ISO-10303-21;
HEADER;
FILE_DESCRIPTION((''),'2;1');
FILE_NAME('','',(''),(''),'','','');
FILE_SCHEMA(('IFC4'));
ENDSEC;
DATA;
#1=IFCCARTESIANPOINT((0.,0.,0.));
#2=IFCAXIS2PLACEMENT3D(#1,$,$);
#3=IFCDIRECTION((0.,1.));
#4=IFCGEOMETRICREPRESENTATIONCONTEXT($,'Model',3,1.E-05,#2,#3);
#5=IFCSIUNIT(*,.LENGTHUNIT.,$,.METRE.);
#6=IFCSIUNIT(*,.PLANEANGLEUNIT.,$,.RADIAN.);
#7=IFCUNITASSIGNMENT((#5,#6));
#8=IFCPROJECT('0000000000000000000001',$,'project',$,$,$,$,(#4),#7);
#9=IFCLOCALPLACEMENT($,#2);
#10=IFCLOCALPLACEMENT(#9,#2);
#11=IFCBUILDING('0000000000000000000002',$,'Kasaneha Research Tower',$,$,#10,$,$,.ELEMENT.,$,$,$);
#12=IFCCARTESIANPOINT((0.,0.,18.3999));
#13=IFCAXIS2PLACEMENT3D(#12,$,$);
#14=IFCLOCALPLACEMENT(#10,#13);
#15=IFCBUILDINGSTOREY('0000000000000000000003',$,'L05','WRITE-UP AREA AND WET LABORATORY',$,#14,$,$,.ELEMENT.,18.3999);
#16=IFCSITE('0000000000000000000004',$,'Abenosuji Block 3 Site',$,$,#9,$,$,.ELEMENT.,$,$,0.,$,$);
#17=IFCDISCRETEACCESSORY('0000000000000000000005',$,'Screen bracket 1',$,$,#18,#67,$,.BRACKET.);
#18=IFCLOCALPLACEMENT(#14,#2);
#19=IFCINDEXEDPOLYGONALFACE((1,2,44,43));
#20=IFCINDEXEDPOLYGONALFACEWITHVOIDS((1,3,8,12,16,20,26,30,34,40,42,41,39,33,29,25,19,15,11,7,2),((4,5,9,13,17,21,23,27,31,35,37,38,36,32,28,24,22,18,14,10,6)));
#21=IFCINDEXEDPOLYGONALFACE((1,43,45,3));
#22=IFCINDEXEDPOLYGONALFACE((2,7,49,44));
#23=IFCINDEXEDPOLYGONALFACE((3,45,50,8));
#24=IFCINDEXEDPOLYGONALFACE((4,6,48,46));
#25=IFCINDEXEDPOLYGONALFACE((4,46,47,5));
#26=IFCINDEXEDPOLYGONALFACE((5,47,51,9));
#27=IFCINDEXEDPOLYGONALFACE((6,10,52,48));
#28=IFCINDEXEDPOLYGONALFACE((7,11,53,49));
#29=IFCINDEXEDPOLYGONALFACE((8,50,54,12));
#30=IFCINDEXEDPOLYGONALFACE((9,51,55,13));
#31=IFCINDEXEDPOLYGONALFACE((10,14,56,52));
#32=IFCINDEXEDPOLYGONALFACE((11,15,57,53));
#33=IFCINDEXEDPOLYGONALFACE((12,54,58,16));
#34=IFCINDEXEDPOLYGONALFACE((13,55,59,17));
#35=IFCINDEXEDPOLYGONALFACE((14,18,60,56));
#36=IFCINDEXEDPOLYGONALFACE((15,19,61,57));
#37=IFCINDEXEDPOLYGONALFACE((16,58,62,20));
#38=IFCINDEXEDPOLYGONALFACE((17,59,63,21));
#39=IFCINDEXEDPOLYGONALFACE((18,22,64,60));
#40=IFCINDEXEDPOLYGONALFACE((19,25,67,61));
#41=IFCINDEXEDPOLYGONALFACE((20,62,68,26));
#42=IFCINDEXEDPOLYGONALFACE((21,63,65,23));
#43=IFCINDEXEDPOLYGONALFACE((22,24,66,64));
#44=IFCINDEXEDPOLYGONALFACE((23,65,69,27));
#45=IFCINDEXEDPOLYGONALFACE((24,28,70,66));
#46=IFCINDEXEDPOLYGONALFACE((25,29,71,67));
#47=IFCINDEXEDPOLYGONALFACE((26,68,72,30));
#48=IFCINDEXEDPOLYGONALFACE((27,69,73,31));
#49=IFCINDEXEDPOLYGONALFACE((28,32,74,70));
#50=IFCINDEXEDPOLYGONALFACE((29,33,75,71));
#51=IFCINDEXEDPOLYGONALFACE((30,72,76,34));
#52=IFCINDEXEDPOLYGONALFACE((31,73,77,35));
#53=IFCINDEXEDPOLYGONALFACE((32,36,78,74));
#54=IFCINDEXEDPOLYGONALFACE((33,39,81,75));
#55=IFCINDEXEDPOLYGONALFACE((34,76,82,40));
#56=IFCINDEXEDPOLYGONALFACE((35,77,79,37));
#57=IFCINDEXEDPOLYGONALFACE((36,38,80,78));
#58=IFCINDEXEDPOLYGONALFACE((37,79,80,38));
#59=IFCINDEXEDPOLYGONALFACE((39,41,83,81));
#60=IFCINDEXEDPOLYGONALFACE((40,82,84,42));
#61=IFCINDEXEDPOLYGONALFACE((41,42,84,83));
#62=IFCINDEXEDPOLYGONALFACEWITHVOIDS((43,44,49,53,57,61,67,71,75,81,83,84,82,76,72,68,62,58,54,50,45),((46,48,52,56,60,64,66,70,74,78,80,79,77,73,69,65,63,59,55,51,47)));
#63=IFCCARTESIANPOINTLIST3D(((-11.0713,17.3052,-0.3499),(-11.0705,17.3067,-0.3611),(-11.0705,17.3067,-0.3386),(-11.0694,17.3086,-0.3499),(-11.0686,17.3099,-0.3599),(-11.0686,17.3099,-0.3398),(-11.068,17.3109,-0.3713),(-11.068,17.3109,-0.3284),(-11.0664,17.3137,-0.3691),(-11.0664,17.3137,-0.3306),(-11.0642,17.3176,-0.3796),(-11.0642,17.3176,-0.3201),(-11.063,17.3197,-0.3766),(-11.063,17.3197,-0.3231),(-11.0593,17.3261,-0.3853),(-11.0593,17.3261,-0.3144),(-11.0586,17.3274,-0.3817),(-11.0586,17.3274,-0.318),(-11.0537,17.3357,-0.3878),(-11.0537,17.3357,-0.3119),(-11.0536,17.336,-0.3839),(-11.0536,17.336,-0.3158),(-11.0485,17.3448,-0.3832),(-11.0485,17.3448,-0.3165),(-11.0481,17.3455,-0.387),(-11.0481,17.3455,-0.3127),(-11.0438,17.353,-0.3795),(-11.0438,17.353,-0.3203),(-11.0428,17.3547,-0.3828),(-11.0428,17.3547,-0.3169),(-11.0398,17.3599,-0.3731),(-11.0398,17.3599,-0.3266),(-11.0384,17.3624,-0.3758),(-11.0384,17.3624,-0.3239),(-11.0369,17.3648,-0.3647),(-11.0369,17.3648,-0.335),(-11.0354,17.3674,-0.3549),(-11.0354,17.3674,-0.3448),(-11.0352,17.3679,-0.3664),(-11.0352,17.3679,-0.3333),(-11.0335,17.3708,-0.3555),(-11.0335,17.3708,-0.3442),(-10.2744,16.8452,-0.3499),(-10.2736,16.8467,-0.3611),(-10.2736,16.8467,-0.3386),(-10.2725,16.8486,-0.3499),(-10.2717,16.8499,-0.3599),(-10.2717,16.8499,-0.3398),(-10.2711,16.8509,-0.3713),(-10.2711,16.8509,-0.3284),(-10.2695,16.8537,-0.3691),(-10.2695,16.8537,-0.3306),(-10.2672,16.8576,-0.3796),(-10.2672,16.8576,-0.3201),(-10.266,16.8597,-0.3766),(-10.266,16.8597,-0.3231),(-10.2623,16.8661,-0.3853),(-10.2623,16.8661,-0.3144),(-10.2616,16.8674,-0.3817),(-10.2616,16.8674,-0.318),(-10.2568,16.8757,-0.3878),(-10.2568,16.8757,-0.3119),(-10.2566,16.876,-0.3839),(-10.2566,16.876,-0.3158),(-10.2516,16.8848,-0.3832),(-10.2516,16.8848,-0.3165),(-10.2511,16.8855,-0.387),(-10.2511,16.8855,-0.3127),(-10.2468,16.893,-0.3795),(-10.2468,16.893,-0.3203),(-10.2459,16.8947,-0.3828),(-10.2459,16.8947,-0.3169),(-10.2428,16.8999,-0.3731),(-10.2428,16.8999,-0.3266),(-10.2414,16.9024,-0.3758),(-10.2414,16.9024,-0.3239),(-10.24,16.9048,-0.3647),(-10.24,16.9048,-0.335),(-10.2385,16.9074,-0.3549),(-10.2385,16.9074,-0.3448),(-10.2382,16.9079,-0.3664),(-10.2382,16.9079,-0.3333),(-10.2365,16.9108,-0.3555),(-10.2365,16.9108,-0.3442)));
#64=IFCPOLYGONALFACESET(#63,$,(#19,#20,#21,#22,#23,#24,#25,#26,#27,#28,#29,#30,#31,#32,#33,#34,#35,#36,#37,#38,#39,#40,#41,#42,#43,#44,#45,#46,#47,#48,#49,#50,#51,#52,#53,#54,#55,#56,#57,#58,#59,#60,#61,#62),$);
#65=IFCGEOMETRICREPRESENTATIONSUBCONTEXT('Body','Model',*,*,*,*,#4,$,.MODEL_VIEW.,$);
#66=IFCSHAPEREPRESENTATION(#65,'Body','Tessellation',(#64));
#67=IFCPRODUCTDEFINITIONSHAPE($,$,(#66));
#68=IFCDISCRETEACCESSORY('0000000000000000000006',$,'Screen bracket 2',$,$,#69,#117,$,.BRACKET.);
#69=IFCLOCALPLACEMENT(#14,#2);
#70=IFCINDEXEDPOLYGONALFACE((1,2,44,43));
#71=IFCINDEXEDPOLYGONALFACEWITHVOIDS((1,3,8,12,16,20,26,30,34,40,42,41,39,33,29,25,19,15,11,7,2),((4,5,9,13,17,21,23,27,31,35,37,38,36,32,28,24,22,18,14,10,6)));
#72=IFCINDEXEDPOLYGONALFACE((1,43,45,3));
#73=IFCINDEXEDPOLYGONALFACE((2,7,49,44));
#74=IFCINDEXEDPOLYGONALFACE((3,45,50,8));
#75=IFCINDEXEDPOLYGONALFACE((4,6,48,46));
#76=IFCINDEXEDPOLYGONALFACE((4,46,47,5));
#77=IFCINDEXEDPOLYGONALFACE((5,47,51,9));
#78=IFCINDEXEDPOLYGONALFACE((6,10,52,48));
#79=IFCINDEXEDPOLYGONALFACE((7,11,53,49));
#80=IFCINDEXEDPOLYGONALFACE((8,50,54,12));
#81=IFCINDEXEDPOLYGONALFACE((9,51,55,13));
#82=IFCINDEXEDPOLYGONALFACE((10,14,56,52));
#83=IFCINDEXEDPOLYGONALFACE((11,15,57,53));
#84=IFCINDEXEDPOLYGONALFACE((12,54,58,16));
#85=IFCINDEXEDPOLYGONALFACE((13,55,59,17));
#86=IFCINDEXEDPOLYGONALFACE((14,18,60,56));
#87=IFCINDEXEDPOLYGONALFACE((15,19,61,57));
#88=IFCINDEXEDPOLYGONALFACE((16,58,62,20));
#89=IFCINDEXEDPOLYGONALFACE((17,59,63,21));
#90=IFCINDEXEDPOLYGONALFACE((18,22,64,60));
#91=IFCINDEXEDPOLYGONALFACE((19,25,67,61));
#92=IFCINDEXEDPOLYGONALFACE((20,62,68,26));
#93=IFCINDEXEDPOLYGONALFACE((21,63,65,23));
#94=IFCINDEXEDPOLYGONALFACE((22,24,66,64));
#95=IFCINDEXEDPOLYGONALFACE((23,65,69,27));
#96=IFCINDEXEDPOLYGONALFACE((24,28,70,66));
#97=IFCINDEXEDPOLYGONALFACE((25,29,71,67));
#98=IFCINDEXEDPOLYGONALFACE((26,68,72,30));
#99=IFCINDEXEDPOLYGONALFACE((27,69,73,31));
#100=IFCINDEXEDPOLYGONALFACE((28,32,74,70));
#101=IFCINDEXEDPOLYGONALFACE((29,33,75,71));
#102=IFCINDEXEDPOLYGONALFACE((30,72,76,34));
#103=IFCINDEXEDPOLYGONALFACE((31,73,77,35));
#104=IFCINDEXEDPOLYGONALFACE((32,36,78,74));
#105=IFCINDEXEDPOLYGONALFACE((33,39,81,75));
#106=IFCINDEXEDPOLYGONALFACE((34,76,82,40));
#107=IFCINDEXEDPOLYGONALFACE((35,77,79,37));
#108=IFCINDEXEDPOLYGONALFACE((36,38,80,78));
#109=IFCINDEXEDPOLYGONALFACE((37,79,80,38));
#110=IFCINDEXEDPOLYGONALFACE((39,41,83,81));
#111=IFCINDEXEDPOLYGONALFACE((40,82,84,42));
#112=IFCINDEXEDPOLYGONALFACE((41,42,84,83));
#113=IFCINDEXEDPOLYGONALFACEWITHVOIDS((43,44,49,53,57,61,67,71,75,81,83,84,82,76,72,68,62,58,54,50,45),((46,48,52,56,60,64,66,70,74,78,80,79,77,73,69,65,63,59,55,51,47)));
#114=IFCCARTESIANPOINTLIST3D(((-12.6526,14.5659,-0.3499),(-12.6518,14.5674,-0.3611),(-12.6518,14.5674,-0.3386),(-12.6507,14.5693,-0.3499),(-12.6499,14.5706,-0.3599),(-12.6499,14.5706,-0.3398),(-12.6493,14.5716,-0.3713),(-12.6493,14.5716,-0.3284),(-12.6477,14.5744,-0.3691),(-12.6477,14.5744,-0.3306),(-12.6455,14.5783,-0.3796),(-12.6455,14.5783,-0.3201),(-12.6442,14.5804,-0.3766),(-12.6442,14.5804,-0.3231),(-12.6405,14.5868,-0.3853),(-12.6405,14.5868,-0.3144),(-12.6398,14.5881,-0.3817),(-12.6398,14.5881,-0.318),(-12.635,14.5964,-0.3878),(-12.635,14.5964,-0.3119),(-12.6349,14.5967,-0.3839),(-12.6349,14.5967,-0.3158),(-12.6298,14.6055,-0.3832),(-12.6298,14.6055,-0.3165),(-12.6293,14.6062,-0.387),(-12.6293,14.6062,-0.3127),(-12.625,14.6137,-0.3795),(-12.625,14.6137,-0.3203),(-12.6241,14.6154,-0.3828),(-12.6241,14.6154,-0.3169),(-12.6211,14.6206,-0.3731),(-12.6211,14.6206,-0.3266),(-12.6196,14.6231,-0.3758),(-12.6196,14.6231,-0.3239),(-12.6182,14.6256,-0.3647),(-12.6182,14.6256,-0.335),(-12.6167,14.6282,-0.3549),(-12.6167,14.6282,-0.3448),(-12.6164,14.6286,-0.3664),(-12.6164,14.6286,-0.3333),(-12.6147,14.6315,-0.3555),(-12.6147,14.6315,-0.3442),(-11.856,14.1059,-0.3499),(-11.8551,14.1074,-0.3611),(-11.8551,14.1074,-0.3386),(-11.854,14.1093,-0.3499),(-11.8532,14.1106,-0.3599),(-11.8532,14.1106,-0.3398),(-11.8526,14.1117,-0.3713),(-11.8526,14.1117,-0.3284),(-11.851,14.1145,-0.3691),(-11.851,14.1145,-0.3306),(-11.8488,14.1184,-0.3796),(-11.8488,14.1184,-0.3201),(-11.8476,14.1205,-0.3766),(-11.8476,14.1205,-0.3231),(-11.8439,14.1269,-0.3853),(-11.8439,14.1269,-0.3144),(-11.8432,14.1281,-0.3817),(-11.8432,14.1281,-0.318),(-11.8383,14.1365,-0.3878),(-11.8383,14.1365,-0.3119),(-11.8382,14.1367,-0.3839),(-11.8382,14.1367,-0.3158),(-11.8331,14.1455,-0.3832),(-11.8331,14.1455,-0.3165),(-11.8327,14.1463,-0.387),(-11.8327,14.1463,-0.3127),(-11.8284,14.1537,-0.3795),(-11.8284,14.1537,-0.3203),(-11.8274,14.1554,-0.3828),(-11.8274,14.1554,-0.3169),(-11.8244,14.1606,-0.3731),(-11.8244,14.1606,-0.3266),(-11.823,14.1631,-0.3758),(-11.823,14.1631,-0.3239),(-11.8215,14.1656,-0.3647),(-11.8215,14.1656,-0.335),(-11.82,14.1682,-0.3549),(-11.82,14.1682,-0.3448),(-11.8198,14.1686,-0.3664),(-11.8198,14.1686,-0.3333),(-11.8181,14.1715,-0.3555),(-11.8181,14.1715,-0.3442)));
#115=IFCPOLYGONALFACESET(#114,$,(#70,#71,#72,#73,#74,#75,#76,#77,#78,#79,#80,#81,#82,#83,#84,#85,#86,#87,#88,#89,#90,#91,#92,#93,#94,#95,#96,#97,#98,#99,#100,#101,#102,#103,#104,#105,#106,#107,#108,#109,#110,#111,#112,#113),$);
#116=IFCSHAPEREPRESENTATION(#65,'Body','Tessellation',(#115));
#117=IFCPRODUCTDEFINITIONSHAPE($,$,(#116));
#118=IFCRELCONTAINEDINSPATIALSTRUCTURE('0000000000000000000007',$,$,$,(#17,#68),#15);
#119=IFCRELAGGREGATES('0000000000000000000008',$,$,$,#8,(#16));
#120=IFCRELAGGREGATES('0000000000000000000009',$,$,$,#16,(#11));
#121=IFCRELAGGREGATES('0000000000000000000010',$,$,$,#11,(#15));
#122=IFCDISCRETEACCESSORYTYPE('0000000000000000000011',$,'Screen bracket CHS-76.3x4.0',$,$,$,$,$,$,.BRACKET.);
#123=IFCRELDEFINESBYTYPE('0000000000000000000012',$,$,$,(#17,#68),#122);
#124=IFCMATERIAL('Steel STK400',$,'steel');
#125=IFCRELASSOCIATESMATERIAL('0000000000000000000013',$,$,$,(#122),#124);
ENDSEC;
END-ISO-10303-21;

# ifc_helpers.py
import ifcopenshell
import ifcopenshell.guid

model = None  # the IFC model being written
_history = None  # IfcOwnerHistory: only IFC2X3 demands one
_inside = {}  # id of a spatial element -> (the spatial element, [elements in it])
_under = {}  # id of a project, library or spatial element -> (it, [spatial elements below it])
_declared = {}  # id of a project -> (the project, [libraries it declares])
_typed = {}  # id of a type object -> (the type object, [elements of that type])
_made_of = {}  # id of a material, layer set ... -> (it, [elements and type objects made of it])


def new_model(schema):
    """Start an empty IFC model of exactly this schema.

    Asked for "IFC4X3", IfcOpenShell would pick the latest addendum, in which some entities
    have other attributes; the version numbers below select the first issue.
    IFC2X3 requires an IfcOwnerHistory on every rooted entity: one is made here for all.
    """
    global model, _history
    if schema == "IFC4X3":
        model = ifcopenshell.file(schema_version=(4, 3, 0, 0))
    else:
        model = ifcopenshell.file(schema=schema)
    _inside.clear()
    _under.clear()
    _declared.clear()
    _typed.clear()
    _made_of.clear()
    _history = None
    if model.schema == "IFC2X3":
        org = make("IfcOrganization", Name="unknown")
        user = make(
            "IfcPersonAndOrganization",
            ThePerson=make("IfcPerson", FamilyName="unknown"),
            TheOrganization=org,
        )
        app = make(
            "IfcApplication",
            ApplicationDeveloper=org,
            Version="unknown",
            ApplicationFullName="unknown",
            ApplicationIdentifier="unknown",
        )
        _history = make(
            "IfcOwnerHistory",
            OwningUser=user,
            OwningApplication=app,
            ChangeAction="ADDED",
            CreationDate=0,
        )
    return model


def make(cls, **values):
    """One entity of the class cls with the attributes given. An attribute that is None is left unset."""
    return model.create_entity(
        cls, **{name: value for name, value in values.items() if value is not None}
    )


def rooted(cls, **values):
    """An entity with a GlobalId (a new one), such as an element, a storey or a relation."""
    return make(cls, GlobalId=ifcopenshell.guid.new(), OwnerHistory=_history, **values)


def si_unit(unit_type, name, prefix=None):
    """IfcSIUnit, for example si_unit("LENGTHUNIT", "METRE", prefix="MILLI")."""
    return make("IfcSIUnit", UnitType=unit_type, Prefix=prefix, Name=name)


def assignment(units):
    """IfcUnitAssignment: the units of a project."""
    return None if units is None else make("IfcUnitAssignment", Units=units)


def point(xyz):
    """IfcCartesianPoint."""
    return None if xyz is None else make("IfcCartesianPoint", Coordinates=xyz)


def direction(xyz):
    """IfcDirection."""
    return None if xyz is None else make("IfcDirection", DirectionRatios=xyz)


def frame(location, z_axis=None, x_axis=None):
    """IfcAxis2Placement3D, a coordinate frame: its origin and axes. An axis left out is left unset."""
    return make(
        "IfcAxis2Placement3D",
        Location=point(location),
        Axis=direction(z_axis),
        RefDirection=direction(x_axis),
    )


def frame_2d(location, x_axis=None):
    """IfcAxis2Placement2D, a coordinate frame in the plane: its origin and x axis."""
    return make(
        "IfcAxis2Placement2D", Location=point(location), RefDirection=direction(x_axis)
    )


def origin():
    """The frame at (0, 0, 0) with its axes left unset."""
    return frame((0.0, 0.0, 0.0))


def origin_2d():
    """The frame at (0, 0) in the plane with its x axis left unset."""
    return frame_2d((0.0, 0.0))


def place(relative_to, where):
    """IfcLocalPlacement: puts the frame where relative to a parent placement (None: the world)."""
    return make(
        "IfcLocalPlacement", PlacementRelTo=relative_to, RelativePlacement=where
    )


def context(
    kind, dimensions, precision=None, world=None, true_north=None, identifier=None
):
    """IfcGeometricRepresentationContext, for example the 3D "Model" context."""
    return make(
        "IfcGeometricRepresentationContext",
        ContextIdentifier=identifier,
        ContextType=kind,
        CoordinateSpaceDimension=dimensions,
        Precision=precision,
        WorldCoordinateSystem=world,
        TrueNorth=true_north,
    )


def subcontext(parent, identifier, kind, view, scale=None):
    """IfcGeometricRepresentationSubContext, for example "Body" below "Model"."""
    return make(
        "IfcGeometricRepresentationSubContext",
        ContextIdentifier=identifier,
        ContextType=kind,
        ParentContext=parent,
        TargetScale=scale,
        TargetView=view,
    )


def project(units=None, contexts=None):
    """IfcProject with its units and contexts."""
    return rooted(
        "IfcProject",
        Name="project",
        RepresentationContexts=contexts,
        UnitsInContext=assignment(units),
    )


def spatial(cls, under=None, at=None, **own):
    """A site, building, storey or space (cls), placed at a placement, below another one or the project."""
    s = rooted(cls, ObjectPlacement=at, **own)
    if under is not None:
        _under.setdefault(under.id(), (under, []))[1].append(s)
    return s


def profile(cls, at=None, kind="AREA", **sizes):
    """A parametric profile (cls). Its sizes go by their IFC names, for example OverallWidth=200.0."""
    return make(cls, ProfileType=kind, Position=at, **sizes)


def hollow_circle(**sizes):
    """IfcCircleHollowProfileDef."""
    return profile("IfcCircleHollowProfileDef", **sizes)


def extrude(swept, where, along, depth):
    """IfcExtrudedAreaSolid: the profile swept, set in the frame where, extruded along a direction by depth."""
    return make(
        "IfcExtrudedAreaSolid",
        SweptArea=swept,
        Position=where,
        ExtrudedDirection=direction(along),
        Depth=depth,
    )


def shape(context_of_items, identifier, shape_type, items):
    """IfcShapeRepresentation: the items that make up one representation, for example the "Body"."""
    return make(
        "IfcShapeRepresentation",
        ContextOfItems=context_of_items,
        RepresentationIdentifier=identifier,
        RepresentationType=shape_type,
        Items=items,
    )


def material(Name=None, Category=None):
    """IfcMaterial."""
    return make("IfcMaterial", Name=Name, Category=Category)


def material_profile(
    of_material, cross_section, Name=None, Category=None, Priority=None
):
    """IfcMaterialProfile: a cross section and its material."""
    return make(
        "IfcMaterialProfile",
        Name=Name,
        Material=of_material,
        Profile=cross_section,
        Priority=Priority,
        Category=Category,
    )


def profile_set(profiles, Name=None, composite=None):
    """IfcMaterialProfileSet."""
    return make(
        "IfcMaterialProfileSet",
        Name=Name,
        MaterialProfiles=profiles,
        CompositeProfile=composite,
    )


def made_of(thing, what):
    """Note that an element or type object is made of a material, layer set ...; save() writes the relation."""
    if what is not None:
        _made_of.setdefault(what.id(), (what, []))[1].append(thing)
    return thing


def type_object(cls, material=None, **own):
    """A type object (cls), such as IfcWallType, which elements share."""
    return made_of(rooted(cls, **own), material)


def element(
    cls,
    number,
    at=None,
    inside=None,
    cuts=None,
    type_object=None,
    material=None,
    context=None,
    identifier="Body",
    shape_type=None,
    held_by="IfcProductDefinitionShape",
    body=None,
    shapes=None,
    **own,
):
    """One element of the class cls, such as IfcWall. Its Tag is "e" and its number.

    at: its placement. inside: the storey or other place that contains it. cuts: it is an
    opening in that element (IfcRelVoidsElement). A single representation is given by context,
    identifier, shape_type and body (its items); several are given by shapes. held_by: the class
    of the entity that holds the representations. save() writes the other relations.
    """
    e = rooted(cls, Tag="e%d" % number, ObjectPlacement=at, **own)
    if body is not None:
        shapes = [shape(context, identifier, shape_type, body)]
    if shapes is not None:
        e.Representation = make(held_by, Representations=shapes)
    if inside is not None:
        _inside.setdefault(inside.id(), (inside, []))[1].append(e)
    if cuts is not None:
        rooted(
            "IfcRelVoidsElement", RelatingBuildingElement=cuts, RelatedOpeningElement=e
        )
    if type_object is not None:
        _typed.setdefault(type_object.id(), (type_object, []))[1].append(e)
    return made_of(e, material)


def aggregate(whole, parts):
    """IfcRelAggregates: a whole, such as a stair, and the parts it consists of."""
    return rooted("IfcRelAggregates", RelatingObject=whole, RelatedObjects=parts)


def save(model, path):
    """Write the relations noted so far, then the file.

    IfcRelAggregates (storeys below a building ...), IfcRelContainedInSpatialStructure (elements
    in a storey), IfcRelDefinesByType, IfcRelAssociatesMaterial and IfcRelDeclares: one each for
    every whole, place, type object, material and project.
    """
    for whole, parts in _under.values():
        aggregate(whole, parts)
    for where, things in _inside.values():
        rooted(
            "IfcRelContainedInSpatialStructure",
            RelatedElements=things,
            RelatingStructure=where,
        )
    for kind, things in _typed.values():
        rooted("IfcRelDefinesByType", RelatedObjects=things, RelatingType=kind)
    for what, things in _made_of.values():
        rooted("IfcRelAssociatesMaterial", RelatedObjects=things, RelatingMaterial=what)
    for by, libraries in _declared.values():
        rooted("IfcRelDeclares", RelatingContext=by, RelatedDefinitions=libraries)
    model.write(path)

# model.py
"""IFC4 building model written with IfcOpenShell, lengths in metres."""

from ifc_helpers import new_model, si_unit, direction, frame, origin, origin_2d, place, context, subcontext, project, spatial, hollow_circle, extrude, material, material_profile, profile_set, type_object, element, save


model = new_model("IFC4")

# Units and contexts
model_context = context("Model", 3, precision=1e-05, world=origin(), true_north=direction((0.0, 1.0)))
body_context = subcontext(model_context, "Body", "Model", "MODEL_VIEW")
ifc_project = project(units=[si_unit("LENGTHUNIT", "METRE"), si_unit("PLANEANGLEUNIT", "RADIAN")], contexts=[model_context])

# Site, building, storey
site_placement = place(None, origin())
site = spatial("IfcSite", under=ifc_project, at=site_placement, Name="Abenosuji Block 3 Site", CompositionType="ELEMENT", RefElevation=0.0)
building_placement = place(site_placement, origin())
building = spatial("IfcBuilding", under=site, at=building_placement, Name="Kasaneha Research Tower", CompositionType="ELEMENT")
storey_placement = place(building_placement, frame((0.0, 0.0, 18.3999)))
storey = spatial("IfcBuildingStorey", under=building, at=storey_placement, Name="L05", Description="WRITE-UP AREA AND WET LABORATORY", CompositionType="ELEMENT", Elevation=18.3999)

# Discrete accessories
ifc_material_1 = material(Name="Steel STK400", Category="steel")
ifc_material_profile_1 = material_profile(ifc_material_1, hollow_circle(Radius=0.0381, WallThickness=0.0039, at=origin_2d()), Name="CHS-76.3x4.0")
ifc_profile_set_1 = profile_set([ifc_material_profile_1], Name="Steel STK400")
discrete_accessory_type = type_object("IfcDiscreteAccessoryType", Name="Screen bracket CHS-76.3x4.0", PredefinedType="BRACKET", material=ifc_profile_set_1)
discrete_accessory_1_placement = place(storey_placement, frame((-10.2554, 16.8782, -0.3499), z_axis=(-0.86608, 0.499906, 0.0), x_axis=(-0.499906, -0.86608, 0.0)))
element("IfcDiscreteAccessory", 1, at=discrete_accessory_1_placement, inside=storey, type_object=discrete_accessory_type, Name="Screen bracket 1", PredefinedType="BRACKET", context=body_context, shape_type="SweptSolid", body=[
    extrude(hollow_circle(Radius=0.0381, WallThickness=0.0039, at=origin_2d()), origin(), (0.0, 0.0, 1.0), 0.9202),
])
discrete_accessory_2_placement = place(storey_placement, frame((-11.8369, 14.1389, -0.3499), z_axis=(-0.866013, 0.500021, 0.0), x_axis=(-0.500021, -0.866013, 0.0)))
element("IfcDiscreteAccessory", 2, at=discrete_accessory_2_placement, inside=storey, type_object=discrete_accessory_type, Name="Screen bracket 2", PredefinedType="BRACKET", context=body_context, shape_type="SweptSolid", body=[
    extrude(hollow_circle(Radius=0.0381, WallThickness=0.0039, at=origin_2d()), origin(), (0.0, 0.0, 1.0), 0.9199),
])

save(model, "model.ifc")
